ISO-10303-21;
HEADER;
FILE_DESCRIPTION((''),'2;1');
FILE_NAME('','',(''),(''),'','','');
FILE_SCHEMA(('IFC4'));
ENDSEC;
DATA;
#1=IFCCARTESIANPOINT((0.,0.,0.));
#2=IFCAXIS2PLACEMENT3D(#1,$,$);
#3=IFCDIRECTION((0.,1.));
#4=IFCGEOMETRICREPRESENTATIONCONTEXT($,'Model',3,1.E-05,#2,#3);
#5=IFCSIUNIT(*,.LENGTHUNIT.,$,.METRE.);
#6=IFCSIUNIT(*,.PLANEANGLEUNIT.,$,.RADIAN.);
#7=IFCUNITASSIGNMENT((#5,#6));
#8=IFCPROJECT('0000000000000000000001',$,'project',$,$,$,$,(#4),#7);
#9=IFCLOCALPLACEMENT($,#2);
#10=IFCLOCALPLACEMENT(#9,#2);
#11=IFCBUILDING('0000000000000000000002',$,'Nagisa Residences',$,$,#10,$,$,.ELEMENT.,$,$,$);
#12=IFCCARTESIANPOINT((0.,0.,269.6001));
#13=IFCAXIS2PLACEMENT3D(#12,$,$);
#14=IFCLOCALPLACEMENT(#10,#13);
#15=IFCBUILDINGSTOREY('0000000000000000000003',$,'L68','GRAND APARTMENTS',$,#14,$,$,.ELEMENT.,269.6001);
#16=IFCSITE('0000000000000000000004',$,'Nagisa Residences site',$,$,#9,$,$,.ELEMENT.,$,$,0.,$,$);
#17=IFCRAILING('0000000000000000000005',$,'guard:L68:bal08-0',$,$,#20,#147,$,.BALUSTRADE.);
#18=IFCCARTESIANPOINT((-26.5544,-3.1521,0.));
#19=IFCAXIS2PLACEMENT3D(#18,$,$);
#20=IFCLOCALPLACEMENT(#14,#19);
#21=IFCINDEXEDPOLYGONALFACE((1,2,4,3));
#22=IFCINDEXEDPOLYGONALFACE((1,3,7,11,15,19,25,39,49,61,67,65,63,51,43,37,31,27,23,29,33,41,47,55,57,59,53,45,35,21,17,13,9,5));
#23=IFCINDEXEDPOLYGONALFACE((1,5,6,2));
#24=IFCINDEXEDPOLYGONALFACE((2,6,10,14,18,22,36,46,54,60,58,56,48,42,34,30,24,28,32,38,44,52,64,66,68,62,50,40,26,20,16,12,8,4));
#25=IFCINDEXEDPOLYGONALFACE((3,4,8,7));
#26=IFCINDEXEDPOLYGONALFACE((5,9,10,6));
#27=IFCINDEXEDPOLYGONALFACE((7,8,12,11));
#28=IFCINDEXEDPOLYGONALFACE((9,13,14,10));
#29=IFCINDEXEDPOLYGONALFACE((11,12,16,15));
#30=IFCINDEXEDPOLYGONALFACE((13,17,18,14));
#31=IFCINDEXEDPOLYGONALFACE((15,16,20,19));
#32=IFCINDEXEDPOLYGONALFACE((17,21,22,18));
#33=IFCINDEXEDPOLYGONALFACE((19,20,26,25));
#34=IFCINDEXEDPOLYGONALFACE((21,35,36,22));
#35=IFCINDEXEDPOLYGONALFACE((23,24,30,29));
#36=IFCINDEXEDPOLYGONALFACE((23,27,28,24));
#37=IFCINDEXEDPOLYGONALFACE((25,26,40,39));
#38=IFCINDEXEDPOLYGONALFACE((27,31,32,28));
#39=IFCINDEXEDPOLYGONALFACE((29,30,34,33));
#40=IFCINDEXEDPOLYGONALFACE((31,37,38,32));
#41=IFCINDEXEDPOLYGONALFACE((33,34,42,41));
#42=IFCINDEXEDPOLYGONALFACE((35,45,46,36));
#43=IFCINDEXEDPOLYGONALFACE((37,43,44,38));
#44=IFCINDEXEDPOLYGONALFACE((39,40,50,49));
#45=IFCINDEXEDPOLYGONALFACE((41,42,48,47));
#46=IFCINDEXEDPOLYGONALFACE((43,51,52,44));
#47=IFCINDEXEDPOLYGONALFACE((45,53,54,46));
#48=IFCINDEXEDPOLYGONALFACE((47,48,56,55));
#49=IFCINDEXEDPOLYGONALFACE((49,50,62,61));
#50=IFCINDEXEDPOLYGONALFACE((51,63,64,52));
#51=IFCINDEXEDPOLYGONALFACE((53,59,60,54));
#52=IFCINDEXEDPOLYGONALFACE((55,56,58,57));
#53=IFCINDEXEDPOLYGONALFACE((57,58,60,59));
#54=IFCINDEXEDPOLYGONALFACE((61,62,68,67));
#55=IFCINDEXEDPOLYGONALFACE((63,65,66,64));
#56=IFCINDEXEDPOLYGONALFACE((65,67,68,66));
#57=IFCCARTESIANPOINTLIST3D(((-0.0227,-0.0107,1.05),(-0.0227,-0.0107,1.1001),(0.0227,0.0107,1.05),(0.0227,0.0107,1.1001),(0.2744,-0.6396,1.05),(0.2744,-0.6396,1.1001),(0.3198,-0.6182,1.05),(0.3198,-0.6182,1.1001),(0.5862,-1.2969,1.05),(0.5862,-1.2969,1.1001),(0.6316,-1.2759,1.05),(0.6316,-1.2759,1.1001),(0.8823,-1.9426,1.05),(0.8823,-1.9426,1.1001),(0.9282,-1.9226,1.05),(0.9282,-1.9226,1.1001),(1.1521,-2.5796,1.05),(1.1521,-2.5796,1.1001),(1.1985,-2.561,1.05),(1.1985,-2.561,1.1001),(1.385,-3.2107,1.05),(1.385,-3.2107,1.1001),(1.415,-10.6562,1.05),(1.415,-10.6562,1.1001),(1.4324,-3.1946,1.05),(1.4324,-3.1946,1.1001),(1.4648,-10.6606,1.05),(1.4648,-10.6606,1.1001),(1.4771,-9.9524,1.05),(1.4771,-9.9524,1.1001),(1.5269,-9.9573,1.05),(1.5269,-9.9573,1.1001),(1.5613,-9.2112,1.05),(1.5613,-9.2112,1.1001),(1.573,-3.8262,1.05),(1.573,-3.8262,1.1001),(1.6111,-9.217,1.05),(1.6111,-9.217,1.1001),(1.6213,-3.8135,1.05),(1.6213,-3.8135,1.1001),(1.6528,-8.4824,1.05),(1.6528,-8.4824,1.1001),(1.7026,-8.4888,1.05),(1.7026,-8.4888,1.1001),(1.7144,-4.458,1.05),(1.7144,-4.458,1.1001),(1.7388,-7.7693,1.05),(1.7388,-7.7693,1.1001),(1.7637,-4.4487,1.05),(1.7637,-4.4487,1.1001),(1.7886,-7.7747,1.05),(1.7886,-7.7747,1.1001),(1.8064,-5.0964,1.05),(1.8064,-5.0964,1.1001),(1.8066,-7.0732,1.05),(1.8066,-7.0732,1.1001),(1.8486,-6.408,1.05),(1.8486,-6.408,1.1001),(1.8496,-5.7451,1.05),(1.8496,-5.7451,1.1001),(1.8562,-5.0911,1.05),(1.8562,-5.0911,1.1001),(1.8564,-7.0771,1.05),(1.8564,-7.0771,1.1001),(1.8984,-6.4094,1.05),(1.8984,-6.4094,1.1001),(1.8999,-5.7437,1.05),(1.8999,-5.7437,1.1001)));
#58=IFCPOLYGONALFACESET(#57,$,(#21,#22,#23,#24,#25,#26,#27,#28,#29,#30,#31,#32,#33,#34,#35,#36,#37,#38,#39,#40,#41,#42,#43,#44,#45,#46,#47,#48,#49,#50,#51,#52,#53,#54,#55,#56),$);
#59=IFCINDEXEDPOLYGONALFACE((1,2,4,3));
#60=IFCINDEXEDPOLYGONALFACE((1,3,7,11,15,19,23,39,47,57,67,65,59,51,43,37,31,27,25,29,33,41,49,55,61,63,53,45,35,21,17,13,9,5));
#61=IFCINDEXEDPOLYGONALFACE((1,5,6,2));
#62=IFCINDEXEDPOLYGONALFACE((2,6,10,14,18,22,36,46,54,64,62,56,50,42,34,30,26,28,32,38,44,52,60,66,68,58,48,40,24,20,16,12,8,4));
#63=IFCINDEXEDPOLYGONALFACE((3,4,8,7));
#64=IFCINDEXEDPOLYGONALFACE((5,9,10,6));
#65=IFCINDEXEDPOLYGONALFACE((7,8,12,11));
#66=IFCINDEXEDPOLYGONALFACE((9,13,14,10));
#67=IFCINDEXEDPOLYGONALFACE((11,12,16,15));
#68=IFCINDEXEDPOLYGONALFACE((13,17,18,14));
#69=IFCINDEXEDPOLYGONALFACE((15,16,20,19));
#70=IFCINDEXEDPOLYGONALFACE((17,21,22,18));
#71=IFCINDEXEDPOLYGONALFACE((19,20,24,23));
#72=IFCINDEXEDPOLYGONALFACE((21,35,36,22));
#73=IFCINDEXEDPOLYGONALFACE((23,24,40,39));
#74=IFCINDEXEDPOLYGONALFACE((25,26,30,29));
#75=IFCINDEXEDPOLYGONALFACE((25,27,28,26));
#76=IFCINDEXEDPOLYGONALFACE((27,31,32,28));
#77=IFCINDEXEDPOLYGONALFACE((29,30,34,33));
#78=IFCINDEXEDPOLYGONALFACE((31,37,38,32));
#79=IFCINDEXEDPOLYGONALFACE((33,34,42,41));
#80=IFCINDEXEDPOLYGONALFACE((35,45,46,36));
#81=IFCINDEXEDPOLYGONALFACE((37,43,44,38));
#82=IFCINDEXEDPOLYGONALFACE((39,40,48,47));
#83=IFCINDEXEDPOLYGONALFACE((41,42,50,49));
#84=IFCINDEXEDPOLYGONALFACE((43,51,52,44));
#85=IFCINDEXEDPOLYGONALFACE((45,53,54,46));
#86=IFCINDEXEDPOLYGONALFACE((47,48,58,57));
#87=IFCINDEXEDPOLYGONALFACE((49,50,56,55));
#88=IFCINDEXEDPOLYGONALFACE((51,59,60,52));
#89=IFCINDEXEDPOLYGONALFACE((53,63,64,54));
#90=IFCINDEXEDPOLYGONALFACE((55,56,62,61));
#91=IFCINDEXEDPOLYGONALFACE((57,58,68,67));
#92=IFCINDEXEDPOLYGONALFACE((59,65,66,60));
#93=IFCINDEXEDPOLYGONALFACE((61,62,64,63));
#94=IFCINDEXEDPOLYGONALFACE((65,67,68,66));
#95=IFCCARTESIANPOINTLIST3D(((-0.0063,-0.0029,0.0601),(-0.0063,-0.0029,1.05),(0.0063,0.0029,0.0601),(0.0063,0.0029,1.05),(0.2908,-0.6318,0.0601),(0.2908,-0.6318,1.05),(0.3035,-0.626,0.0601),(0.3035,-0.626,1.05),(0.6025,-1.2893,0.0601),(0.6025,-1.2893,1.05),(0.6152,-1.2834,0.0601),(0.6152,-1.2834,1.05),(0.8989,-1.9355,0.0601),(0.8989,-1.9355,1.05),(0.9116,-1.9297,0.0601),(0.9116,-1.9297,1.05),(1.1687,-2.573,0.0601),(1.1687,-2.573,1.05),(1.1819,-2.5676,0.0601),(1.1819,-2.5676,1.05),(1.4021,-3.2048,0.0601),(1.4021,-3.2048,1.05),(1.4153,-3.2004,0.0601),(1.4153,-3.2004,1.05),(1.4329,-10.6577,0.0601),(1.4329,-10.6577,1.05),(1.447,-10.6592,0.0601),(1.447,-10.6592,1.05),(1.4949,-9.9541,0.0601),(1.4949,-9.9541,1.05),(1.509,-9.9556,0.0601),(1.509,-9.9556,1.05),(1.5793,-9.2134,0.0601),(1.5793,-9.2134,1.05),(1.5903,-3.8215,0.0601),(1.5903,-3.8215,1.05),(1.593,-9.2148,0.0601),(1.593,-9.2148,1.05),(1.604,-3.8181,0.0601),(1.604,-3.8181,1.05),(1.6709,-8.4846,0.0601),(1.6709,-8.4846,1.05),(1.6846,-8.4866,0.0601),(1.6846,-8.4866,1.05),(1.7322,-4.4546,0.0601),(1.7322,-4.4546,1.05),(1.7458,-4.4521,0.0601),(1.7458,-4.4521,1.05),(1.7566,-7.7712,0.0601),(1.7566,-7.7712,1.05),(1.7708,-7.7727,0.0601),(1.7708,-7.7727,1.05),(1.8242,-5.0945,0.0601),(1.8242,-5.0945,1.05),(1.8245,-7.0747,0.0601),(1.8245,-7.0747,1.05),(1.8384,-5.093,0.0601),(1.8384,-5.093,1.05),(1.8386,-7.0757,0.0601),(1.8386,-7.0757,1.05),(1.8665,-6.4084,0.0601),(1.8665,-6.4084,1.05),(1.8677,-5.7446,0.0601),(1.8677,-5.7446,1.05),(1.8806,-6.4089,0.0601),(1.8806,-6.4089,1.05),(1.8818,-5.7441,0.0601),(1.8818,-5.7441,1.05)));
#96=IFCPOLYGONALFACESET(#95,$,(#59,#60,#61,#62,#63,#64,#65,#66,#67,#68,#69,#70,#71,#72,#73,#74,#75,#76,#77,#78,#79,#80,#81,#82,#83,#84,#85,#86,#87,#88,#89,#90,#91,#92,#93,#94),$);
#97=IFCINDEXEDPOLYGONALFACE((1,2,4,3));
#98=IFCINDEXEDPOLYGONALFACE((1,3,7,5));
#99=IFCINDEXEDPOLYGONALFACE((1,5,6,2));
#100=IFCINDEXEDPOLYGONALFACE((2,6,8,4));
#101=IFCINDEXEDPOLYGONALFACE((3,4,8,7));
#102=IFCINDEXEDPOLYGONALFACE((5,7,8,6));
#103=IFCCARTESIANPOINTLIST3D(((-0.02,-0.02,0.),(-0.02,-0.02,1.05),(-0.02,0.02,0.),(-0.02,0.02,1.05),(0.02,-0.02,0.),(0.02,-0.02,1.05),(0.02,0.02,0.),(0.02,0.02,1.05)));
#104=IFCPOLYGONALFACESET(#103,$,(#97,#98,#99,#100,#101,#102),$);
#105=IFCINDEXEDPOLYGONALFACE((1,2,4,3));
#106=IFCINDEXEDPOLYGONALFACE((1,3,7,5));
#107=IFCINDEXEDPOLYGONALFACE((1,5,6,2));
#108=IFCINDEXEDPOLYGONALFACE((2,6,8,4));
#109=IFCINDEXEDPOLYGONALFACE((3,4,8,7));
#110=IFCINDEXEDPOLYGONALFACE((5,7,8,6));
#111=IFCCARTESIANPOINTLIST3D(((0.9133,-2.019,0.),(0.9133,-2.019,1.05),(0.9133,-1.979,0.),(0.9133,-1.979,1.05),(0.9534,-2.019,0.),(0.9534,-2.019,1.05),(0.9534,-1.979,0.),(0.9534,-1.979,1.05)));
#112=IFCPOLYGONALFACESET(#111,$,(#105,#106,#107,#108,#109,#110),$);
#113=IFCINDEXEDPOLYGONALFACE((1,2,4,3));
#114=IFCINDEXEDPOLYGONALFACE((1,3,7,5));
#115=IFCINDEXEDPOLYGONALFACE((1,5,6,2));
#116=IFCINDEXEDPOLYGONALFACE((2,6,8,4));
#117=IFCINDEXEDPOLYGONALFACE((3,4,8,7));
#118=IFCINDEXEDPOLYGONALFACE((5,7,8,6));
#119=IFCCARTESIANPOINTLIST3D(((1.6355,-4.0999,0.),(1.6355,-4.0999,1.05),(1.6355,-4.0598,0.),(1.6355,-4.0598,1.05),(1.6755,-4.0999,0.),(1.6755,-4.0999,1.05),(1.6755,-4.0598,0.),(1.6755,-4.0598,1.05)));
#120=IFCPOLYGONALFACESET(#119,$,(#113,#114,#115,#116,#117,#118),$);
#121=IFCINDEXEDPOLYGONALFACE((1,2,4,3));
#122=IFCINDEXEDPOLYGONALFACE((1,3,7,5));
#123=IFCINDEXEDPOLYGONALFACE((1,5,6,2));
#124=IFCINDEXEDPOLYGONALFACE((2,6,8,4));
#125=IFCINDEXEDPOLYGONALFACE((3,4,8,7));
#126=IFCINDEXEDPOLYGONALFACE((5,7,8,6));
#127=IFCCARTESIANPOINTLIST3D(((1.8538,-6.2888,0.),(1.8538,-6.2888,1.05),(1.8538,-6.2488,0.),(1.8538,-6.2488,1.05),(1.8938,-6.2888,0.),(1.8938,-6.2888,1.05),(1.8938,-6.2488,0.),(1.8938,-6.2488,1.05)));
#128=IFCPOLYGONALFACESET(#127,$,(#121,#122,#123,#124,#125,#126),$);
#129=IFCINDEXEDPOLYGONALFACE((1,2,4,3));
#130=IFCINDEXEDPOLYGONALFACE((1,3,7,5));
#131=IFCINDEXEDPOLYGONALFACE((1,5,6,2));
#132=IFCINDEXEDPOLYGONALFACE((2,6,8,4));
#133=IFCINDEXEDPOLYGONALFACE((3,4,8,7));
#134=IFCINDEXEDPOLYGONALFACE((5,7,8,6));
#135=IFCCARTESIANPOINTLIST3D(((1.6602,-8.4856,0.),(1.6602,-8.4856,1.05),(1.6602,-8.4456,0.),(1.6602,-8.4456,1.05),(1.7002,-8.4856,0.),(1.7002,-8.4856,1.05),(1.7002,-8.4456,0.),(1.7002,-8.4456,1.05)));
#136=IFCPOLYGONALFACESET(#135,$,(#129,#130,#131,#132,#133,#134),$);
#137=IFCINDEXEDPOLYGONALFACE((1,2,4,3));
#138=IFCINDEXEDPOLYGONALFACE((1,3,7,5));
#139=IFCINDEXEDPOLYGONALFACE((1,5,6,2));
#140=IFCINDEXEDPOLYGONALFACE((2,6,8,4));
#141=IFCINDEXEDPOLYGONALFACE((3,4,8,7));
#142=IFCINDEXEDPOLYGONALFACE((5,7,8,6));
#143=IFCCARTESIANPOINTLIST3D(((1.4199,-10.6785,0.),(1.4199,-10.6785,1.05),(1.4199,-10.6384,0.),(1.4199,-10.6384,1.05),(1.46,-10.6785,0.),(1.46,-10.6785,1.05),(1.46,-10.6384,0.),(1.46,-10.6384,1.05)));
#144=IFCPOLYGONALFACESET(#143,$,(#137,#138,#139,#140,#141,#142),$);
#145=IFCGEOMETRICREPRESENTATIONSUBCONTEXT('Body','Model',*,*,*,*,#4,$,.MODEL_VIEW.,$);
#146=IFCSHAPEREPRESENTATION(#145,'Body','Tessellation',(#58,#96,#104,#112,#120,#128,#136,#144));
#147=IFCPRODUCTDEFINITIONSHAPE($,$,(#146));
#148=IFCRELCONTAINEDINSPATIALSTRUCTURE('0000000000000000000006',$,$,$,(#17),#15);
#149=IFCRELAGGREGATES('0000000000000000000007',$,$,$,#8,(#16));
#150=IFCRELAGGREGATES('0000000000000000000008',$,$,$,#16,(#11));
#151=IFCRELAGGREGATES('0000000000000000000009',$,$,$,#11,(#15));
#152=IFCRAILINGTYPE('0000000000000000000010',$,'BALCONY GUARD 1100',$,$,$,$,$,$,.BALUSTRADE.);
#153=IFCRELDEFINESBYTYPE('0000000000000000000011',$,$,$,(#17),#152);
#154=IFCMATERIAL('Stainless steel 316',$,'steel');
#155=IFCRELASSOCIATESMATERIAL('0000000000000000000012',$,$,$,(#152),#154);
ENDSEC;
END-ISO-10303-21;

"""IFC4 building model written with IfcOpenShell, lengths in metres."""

from ifc_helpers import new_model, si_unit, direction, frame, origin, origin_2d, place, context, subcontext, project, spatial, polyline, rectangle, outline, extrude, material, type_object, element, save


model = new_model("IFC4")

# Units and contexts
model_context = context("Model", 3, precision=1e-05, world=origin(), true_north=direction((0.0, 1.0)))
body_context = subcontext(model_context, "Body", "Model", "MODEL_VIEW")
ifc_project = project(units=[si_unit("LENGTHUNIT", "METRE"), si_unit("PLANEANGLEUNIT", "RADIAN")], contexts=[model_context])

# Site, building, storey
site_placement = place(None, origin())
site = spatial("IfcSite", under=ifc_project, at=site_placement, Name="Nagisa Residences site", CompositionType="ELEMENT", RefElevation=0.0)
building_placement = place(site_placement, origin())
building = spatial("IfcBuilding", under=site, at=building_placement, Name="Nagisa Residences", CompositionType="ELEMENT")
storey_placement = place(building_placement, frame((0.0, 0.0, 269.6001)))
storey = spatial("IfcBuildingStorey", under=building, at=storey_placement, Name="L68", Description="GRAND APARTMENTS", CompositionType="ELEMENT", Elevation=269.6001)

# Railing
ifc_material_1 = material(Name="Stainless steel 316", Category="steel")
railing_type = type_object("IfcRailingType", Name="BALCONY GUARD 1100", PredefinedType="BALUSTRADE", material=ifc_material_1)
railing_1_placement = place(storey_placement, frame((-26.5544, -3.1521, 0.0)))
element("IfcRailing", 1, at=railing_1_placement, inside=storey, type_object=railing_type, Name="guard:L68:bal08-0", PredefinedType="BALUSTRADE", context=body_context, shape_type="SweptSolid", body=[
    extrude(outline(polyline([(0.3198, -0.6182), (0.0227, 0.0107), (-0.0227, -0.0107), (0.2744, -0.6396), (0.5862, -1.2969), (0.8823, -1.9426), (1.1521, -2.5796), (1.385, -3.2107), (1.573, -3.8262), (1.7144, -4.458), (1.8064, -5.0964), (1.8496, -5.7451), (1.8486, -6.408), (1.8066, -7.0732), (1.7388, -7.7693), (1.6528, -8.4824), (1.5613, -9.2112), (1.4771, -9.9524), (1.415, -10.6562), (1.4648, -10.6606), (1.5269, -9.9573), (1.6111, -9.217), (1.7026, -8.4888), (1.7886, -7.7747), (1.8564, -7.0771), (1.8984, -6.4094), (1.8999, -5.7437), (1.8562, -5.0911), (1.7637, -4.4487), (1.6213, -3.8135), (1.4324, -3.1946), (1.1985, -2.561), (0.9282, -1.9226), (0.6316, -1.2759), (0.3198, -0.6182)])), frame((0.0, 0.0, 1.05)), (0.0, 0.0, 1.0), 0.05),
    extrude(outline(polyline([(0.3035, -0.626), (0.0063, 0.0029), (-0.0063, -0.0029), (0.2908, -0.6318), (0.6025, -1.2893), (0.8989, -1.9355), (1.1687, -2.573), (1.4021, -3.2048), (1.5903, -3.8215), (1.7322, -4.4546), (1.8242, -5.0945), (1.8677, -5.7446), (1.8665, -6.4084), (1.8245, -7.0747), (1.7566, -7.7712), (1.6709, -8.4846), (1.5793, -9.2134), (1.4949, -9.9541), (1.4329, -10.6577), (1.447, -10.6592), (1.509, -9.9556), (1.593, -9.2148), (1.6846, -8.4866), (1.7708, -7.7727), (1.8386, -7.0757), (1.8806, -6.4089), (1.8818, -5.7441), (1.8384, -5.093), (1.7458, -4.4521), (1.604, -3.8181), (1.4153, -3.2004), (1.1819, -2.5676), (0.9116, -1.9297), (0.6152, -1.2834), (0.3035, -0.626)])), frame((0.0, 0.0, 0.0601)), (0.0, 0.0, 1.0), 0.99),
    extrude(rectangle(XDim=0.04, YDim=0.04, at=origin_2d()), origin(), (0.0, 0.0, 1.0), 1.05),
    extrude(rectangle(XDim=0.04, YDim=0.04, at=origin_2d()), frame((0.9333, -1.999, 0.0)), (0.0, 0.0, 1.0), 1.05),
    extrude(rectangle(XDim=0.04, YDim=0.04, at=origin_2d()), frame((1.6555, -4.0798, 0.0)), (0.0, 0.0, 1.0), 1.05),
    extrude(rectangle(XDim=0.04, YDim=0.04, at=origin_2d()), frame((1.8738, -6.2688, 0.0)), (0.0, 0.0, 1.0), 1.05),
    extrude(rectangle(XDim=0.04, YDim=0.04, at=origin_2d()), frame((1.6802, -8.4656, 0.0)), (0.0, 0.0, 1.0), 1.05),
    extrude(rectangle(XDim=0.04, YDim=0.04, at=origin_2d()), frame((1.4399, -10.6584, 0.0)), (0.0, 0.0, 1.0), 1.05),
])

save(model, "model.ifc")
